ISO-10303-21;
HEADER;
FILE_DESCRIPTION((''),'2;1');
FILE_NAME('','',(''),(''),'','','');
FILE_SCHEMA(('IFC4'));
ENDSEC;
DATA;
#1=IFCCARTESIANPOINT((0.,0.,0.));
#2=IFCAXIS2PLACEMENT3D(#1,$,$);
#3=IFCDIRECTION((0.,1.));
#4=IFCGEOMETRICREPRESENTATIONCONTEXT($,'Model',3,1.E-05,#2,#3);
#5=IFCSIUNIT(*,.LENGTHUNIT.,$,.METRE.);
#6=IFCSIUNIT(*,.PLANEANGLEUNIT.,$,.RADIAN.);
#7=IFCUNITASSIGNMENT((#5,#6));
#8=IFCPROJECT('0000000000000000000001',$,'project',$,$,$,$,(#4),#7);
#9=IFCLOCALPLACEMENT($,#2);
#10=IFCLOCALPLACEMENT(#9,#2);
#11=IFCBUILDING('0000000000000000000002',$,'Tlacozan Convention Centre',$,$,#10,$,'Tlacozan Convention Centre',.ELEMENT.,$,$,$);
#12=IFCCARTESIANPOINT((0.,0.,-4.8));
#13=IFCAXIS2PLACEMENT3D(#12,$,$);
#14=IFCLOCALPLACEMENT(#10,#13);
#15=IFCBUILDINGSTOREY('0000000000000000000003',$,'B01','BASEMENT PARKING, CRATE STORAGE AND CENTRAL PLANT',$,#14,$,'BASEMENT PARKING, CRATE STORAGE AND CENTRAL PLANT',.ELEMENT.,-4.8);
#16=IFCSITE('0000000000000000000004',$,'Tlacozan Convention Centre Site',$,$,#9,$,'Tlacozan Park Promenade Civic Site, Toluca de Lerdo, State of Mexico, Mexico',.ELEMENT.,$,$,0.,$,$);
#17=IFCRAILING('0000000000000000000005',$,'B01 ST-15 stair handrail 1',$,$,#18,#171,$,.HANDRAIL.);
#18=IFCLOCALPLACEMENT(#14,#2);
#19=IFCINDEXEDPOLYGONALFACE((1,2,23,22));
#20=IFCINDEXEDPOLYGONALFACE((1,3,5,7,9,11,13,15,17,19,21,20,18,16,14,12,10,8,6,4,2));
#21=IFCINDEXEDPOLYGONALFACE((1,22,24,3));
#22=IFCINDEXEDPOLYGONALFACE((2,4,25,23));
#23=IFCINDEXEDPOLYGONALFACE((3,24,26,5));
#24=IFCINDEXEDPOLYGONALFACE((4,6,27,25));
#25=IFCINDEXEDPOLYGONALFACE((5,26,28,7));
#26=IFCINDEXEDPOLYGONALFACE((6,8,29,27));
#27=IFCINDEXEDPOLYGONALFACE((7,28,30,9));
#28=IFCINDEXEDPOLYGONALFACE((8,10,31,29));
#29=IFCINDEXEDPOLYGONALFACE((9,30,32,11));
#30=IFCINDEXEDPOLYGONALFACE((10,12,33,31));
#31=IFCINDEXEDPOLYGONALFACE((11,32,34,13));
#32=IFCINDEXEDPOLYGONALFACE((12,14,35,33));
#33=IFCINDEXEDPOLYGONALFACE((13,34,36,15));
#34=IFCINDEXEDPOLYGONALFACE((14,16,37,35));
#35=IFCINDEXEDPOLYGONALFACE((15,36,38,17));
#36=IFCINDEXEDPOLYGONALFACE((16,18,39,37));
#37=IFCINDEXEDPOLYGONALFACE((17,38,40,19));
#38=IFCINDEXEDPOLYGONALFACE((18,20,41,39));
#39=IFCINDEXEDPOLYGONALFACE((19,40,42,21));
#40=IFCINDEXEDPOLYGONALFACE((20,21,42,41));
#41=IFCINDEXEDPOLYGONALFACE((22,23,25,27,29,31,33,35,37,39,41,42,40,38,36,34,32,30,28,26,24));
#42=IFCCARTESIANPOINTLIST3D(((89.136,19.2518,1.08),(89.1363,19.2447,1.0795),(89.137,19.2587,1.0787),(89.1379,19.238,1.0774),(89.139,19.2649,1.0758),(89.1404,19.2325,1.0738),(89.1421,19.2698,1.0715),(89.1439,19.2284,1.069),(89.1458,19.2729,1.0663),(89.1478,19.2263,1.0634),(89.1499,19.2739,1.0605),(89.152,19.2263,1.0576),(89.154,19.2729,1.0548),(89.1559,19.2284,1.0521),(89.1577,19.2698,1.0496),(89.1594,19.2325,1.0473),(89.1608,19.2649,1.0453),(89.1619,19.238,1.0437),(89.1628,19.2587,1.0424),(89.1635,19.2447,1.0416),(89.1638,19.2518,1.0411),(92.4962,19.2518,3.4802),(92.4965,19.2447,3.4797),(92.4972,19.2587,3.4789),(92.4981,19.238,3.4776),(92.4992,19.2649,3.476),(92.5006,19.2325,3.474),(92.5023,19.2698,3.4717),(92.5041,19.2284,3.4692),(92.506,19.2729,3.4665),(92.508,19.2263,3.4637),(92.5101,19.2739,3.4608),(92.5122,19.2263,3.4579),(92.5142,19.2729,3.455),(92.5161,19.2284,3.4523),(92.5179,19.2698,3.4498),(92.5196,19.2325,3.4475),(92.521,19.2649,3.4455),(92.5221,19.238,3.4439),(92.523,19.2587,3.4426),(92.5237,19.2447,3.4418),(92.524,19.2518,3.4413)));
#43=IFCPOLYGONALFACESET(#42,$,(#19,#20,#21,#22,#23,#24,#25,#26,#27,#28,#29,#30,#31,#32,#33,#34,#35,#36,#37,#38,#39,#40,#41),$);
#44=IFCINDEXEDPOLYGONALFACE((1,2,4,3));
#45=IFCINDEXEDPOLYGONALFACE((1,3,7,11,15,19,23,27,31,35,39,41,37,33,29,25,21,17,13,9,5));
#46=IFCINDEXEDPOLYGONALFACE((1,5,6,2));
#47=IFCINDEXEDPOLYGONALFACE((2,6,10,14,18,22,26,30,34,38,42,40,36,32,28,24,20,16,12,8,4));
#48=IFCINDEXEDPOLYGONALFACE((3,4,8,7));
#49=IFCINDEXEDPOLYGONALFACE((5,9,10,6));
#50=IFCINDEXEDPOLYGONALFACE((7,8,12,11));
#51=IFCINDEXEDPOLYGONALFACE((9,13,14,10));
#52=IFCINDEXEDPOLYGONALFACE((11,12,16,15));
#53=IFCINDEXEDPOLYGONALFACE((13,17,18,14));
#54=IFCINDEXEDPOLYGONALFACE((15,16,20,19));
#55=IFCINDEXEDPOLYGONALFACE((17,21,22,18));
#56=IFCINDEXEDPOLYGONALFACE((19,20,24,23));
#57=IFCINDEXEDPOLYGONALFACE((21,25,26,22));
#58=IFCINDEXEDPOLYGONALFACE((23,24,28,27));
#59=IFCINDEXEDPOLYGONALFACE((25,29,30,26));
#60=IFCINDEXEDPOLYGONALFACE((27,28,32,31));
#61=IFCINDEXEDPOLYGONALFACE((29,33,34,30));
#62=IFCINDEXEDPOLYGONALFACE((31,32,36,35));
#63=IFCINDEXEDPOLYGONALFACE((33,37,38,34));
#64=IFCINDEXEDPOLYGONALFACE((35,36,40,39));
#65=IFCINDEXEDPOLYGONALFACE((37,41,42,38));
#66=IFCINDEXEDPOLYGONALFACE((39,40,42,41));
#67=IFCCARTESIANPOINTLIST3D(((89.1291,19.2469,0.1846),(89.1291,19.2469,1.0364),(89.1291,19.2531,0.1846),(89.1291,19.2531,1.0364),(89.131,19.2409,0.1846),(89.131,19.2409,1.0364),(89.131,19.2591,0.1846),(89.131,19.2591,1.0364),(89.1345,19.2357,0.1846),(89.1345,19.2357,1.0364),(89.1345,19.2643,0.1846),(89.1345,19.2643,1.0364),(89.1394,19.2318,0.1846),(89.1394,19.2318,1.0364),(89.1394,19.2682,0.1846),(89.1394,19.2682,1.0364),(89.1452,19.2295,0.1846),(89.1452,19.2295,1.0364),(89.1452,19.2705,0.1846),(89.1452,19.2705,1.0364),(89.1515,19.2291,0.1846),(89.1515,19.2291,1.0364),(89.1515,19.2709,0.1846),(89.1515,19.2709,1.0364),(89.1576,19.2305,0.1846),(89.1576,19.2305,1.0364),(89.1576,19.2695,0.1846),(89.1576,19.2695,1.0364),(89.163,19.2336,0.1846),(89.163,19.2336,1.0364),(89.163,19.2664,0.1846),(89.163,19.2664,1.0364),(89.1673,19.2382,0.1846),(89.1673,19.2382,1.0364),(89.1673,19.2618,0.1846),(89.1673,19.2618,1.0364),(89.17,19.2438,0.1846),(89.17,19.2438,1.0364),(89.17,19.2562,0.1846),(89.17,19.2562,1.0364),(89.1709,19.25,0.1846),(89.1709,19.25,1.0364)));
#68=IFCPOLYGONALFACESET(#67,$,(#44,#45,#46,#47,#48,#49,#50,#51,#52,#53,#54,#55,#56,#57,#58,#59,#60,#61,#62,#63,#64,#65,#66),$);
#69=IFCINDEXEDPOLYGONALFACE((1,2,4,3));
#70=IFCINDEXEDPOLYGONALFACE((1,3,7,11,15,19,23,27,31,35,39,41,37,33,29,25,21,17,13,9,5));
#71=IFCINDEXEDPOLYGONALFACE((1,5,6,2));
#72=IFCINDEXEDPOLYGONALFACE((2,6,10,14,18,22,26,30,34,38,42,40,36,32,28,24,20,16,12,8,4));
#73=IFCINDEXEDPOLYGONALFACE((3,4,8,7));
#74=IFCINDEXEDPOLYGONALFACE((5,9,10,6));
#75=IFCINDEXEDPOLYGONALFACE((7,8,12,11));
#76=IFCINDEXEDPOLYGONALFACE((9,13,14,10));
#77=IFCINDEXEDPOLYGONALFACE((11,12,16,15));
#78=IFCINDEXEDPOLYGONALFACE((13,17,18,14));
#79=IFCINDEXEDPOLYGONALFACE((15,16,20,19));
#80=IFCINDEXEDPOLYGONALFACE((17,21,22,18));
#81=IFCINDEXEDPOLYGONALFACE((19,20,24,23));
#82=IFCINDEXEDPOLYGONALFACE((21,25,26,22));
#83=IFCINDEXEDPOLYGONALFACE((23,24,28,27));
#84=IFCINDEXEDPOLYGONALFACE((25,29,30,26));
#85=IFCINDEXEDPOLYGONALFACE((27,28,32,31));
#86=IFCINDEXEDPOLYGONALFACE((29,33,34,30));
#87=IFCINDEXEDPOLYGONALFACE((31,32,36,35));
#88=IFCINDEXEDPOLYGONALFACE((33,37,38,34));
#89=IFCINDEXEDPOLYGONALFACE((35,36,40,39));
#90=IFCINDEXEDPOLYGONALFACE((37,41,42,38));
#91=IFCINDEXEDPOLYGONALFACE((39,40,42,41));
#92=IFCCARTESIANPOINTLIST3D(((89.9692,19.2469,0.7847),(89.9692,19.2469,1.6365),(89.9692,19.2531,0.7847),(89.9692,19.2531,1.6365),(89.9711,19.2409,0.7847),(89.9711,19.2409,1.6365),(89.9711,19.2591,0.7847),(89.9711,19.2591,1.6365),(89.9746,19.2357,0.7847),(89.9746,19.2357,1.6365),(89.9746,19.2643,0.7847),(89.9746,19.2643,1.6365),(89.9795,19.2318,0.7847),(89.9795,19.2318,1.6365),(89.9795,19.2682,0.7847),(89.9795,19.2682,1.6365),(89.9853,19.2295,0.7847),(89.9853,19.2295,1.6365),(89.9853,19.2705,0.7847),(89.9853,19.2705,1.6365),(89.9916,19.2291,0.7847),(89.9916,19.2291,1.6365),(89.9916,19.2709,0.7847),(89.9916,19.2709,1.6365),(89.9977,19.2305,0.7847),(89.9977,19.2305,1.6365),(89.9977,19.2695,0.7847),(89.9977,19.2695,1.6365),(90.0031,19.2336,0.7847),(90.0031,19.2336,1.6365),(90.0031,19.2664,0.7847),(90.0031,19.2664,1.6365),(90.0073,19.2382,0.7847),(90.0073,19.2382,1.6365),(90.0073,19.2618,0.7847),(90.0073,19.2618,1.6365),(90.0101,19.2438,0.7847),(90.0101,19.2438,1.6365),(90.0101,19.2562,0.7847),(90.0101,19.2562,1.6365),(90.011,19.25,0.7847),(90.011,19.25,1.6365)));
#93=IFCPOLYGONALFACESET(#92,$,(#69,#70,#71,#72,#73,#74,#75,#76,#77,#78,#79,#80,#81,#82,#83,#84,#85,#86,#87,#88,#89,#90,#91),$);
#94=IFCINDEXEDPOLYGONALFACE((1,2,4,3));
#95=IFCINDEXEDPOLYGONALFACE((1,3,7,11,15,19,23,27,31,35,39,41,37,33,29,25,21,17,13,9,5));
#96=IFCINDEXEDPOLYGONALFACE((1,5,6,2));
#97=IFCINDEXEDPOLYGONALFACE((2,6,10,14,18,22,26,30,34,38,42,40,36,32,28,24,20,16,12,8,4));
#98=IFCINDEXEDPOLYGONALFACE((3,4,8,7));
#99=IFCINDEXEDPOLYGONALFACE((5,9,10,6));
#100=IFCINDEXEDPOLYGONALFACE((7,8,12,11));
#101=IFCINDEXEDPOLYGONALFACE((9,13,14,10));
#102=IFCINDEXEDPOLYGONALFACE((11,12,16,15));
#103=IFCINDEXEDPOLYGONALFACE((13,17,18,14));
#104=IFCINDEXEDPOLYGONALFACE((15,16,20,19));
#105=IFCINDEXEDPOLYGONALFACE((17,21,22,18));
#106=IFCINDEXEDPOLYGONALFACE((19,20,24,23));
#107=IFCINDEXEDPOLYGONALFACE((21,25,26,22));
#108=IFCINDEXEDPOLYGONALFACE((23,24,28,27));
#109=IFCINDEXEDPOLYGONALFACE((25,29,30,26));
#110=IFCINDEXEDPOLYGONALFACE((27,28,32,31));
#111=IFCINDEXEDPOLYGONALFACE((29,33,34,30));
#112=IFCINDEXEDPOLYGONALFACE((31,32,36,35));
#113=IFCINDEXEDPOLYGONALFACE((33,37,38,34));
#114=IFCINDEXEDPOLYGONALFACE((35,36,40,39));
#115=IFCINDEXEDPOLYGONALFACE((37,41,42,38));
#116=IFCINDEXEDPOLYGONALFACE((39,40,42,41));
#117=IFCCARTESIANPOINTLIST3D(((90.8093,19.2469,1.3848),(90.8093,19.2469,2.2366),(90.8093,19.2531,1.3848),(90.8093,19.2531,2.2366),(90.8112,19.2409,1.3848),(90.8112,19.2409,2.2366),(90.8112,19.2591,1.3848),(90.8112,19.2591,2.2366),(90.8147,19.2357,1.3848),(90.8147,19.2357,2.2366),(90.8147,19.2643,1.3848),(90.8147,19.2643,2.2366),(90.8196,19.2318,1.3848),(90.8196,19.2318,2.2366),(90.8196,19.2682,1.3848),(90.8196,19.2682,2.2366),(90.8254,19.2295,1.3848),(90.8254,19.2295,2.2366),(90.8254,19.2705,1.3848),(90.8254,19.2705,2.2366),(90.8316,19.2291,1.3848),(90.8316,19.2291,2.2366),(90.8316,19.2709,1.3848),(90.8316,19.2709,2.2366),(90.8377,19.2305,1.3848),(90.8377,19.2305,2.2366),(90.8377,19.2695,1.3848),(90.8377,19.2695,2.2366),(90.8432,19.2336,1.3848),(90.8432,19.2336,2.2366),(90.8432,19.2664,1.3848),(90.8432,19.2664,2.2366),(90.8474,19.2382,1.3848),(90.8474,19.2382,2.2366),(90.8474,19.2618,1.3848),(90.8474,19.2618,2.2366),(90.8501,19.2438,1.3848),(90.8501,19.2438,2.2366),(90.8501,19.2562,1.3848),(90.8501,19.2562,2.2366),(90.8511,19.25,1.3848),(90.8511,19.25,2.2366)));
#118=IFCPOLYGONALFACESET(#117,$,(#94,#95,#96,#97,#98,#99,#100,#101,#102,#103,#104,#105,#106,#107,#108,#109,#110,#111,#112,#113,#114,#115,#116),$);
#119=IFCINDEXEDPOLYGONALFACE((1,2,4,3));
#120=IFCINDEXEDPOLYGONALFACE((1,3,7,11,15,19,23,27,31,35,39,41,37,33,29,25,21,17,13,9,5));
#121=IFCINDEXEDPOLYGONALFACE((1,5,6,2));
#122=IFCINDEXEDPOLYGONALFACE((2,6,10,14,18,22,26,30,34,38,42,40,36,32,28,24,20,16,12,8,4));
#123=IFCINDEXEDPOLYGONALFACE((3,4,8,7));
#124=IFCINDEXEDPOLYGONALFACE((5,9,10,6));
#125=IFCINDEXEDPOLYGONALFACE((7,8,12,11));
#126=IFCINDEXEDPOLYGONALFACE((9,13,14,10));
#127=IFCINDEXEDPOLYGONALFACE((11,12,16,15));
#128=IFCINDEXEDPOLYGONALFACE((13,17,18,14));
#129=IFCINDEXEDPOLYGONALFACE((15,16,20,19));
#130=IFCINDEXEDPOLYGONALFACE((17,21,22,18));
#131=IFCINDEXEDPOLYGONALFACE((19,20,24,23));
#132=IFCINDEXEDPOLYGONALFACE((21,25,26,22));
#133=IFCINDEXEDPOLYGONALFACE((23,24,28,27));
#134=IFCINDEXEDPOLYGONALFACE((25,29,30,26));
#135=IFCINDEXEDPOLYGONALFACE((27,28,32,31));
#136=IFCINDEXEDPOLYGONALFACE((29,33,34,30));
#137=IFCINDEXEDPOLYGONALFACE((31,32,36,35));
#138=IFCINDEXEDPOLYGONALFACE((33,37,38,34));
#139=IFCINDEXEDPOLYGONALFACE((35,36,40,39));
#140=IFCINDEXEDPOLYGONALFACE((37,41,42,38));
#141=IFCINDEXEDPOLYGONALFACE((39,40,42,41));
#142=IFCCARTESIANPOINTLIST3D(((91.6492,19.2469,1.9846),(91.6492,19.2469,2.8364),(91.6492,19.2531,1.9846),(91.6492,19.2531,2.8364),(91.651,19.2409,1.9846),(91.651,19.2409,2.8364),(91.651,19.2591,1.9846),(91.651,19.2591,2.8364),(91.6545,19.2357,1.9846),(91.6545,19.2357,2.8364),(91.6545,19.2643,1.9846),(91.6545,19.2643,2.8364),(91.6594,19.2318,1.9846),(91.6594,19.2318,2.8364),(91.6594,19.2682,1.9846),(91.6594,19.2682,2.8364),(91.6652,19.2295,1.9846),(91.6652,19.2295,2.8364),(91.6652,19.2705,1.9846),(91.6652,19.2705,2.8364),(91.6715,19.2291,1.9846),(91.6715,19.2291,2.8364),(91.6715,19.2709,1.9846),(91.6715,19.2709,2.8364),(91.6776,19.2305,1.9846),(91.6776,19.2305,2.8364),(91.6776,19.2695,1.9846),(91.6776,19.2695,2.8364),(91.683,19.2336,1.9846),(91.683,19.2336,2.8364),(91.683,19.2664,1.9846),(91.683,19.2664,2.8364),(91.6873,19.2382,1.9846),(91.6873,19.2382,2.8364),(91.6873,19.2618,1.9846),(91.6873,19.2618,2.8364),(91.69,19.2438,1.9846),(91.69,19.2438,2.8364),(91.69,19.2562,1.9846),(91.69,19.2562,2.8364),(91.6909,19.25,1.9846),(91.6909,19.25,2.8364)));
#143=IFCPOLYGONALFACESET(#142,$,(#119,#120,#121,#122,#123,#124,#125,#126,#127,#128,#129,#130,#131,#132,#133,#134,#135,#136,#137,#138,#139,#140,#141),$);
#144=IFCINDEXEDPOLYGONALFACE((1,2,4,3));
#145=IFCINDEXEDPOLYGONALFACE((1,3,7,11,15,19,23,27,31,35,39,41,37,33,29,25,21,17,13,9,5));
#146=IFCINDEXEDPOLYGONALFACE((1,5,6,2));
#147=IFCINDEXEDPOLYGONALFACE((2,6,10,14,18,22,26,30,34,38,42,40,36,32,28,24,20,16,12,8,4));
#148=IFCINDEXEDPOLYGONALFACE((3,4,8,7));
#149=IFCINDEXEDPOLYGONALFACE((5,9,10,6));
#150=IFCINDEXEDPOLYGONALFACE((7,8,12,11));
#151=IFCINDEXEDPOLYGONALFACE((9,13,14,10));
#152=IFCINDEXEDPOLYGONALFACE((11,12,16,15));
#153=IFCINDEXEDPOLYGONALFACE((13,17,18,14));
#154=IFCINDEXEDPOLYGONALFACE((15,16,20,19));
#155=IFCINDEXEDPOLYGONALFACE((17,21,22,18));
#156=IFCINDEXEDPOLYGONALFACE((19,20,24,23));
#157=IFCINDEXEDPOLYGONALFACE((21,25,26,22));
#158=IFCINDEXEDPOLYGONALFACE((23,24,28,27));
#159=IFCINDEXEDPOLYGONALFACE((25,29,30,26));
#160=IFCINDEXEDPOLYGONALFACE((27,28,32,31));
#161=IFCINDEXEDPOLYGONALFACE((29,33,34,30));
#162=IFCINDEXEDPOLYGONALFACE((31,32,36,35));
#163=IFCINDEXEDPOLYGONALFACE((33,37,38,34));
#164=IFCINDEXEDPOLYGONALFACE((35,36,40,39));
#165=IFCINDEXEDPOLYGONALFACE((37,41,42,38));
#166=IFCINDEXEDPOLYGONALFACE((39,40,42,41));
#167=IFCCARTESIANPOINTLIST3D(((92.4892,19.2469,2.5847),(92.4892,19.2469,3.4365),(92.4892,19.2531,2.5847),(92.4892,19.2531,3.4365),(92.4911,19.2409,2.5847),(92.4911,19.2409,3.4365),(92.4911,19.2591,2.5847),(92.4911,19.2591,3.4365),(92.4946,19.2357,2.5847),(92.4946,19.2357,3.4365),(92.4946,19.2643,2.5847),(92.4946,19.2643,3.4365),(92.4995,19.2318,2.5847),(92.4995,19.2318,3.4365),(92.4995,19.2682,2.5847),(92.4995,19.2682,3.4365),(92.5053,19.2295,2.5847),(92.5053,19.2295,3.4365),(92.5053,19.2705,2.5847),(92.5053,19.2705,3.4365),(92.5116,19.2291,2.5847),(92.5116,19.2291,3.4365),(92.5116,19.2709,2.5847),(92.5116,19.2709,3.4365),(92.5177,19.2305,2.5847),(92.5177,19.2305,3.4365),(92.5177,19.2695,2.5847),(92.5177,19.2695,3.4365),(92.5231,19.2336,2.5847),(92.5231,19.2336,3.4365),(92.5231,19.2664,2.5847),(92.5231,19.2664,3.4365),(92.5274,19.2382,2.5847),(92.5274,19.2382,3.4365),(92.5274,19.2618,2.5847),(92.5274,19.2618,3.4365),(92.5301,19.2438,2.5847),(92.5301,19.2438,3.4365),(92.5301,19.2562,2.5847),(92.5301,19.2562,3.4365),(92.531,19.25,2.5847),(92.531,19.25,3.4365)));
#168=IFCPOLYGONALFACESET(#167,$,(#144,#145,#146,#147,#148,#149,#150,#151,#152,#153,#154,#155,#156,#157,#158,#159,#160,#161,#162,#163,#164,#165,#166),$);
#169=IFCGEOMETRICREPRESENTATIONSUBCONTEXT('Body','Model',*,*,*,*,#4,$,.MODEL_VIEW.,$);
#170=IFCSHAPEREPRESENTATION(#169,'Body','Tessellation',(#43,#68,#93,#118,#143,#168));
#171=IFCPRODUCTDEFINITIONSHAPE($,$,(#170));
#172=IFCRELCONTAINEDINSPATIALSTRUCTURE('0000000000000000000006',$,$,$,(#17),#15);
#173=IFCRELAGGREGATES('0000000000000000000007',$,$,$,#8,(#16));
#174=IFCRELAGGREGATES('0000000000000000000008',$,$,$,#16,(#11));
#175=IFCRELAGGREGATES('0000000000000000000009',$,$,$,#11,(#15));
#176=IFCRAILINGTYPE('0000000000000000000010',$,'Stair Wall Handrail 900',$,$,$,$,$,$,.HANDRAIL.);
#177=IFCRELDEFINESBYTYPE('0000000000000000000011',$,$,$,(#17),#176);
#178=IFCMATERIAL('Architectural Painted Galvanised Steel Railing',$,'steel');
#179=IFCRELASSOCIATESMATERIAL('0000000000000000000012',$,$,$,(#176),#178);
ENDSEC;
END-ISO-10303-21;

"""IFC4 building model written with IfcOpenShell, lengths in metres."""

from ifc_helpers import new_model, si_unit, direction, frame, origin, origin_2d, place, context, subcontext, project, spatial, circle, extrude, material, type_object, element, save


model = new_model("IFC4")

# Units and contexts
model_context = context("Model", 3, precision=1e-05, world=origin(), true_north=direction((0.0, 1.0)))
body_context = subcontext(model_context, "Body", "Model", "MODEL_VIEW")
ifc_project = project(units=[si_unit("LENGTHUNIT", "METRE"), si_unit("PLANEANGLEUNIT", "RADIAN")], contexts=[model_context])

# Site, building, storey
site_placement = place(None, origin())
site = spatial("IfcSite", under=ifc_project, at=site_placement, Name="Tlacozan Convention Centre Site", LongName="Tlacozan Park Promenade Civic Site, Toluca de Lerdo, State of Mexico, Mexico", CompositionType="ELEMENT", RefElevation=0.0)
building_placement = place(site_placement, origin())
building = spatial("IfcBuilding", under=site, at=building_placement, Name="Tlacozan Convention Centre", LongName="Tlacozan Convention Centre", CompositionType="ELEMENT")
storey_placement = place(building_placement, frame((0.0, 0.0, -4.8)))
storey = spatial("IfcBuildingStorey", under=building, at=storey_placement, Name="B01", Description="BASEMENT PARKING, CRATE STORAGE AND CENTRAL PLANT", LongName="BASEMENT PARKING, CRATE STORAGE AND CENTRAL PLANT", CompositionType="ELEMENT", Elevation=-4.8)

# Railing
ifc_material_1 = material(Name="Architectural Painted Galvanised Steel Railing", Category="steel")
railing_type_1 = type_object("IfcRailingType", Name="Stair Wall Handrail 900", PredefinedType="HANDRAIL", material=ifc_material_1)
railing_1_placement = place(storey_placement, frame((89.1499, 19.25, 0.1846)))
element("IfcRailing", 1, at=railing_1_placement, inside=storey, type_object=railing_type_1, Name="B01 ST-15 stair handrail 1", PredefinedType="HANDRAIL", context=body_context, shape_type="SweptSolid", body=[
    extrude(circle(Radius=0.0239, at=origin_2d()), frame((0.0, 0.0, 0.876), z_axis=(0.813725, 0.0, 0.581249), x_axis=(0.0, 1.0, 0.0)), (0.0, 0.0, 1.0), 4.1294),
    extrude(circle(Radius=0.021, at=origin_2d()), origin(), (0.0, 0.0, 1.0), 0.8518),
    extrude(circle(Radius=0.021, at=origin_2d()), frame((0.8401, 0.0, 0.6001)), (0.0, 0.0, 1.0), 0.8518),
    extrude(circle(Radius=0.021, at=origin_2d()), frame((1.6802, 0.0, 1.2002)), (0.0, 0.0, 1.0), 0.8518),
    extrude(circle(Radius=0.021, at=origin_2d()), frame((2.52, 0.0, 1.8)), (0.0, 0.0, 1.0), 0.8518),
    extrude(circle(Radius=0.021, at=origin_2d()), frame((3.3601, 0.0, 2.4001)), (0.0, 0.0, 1.0), 0.8518),
])

save(model, "model.ifc")
